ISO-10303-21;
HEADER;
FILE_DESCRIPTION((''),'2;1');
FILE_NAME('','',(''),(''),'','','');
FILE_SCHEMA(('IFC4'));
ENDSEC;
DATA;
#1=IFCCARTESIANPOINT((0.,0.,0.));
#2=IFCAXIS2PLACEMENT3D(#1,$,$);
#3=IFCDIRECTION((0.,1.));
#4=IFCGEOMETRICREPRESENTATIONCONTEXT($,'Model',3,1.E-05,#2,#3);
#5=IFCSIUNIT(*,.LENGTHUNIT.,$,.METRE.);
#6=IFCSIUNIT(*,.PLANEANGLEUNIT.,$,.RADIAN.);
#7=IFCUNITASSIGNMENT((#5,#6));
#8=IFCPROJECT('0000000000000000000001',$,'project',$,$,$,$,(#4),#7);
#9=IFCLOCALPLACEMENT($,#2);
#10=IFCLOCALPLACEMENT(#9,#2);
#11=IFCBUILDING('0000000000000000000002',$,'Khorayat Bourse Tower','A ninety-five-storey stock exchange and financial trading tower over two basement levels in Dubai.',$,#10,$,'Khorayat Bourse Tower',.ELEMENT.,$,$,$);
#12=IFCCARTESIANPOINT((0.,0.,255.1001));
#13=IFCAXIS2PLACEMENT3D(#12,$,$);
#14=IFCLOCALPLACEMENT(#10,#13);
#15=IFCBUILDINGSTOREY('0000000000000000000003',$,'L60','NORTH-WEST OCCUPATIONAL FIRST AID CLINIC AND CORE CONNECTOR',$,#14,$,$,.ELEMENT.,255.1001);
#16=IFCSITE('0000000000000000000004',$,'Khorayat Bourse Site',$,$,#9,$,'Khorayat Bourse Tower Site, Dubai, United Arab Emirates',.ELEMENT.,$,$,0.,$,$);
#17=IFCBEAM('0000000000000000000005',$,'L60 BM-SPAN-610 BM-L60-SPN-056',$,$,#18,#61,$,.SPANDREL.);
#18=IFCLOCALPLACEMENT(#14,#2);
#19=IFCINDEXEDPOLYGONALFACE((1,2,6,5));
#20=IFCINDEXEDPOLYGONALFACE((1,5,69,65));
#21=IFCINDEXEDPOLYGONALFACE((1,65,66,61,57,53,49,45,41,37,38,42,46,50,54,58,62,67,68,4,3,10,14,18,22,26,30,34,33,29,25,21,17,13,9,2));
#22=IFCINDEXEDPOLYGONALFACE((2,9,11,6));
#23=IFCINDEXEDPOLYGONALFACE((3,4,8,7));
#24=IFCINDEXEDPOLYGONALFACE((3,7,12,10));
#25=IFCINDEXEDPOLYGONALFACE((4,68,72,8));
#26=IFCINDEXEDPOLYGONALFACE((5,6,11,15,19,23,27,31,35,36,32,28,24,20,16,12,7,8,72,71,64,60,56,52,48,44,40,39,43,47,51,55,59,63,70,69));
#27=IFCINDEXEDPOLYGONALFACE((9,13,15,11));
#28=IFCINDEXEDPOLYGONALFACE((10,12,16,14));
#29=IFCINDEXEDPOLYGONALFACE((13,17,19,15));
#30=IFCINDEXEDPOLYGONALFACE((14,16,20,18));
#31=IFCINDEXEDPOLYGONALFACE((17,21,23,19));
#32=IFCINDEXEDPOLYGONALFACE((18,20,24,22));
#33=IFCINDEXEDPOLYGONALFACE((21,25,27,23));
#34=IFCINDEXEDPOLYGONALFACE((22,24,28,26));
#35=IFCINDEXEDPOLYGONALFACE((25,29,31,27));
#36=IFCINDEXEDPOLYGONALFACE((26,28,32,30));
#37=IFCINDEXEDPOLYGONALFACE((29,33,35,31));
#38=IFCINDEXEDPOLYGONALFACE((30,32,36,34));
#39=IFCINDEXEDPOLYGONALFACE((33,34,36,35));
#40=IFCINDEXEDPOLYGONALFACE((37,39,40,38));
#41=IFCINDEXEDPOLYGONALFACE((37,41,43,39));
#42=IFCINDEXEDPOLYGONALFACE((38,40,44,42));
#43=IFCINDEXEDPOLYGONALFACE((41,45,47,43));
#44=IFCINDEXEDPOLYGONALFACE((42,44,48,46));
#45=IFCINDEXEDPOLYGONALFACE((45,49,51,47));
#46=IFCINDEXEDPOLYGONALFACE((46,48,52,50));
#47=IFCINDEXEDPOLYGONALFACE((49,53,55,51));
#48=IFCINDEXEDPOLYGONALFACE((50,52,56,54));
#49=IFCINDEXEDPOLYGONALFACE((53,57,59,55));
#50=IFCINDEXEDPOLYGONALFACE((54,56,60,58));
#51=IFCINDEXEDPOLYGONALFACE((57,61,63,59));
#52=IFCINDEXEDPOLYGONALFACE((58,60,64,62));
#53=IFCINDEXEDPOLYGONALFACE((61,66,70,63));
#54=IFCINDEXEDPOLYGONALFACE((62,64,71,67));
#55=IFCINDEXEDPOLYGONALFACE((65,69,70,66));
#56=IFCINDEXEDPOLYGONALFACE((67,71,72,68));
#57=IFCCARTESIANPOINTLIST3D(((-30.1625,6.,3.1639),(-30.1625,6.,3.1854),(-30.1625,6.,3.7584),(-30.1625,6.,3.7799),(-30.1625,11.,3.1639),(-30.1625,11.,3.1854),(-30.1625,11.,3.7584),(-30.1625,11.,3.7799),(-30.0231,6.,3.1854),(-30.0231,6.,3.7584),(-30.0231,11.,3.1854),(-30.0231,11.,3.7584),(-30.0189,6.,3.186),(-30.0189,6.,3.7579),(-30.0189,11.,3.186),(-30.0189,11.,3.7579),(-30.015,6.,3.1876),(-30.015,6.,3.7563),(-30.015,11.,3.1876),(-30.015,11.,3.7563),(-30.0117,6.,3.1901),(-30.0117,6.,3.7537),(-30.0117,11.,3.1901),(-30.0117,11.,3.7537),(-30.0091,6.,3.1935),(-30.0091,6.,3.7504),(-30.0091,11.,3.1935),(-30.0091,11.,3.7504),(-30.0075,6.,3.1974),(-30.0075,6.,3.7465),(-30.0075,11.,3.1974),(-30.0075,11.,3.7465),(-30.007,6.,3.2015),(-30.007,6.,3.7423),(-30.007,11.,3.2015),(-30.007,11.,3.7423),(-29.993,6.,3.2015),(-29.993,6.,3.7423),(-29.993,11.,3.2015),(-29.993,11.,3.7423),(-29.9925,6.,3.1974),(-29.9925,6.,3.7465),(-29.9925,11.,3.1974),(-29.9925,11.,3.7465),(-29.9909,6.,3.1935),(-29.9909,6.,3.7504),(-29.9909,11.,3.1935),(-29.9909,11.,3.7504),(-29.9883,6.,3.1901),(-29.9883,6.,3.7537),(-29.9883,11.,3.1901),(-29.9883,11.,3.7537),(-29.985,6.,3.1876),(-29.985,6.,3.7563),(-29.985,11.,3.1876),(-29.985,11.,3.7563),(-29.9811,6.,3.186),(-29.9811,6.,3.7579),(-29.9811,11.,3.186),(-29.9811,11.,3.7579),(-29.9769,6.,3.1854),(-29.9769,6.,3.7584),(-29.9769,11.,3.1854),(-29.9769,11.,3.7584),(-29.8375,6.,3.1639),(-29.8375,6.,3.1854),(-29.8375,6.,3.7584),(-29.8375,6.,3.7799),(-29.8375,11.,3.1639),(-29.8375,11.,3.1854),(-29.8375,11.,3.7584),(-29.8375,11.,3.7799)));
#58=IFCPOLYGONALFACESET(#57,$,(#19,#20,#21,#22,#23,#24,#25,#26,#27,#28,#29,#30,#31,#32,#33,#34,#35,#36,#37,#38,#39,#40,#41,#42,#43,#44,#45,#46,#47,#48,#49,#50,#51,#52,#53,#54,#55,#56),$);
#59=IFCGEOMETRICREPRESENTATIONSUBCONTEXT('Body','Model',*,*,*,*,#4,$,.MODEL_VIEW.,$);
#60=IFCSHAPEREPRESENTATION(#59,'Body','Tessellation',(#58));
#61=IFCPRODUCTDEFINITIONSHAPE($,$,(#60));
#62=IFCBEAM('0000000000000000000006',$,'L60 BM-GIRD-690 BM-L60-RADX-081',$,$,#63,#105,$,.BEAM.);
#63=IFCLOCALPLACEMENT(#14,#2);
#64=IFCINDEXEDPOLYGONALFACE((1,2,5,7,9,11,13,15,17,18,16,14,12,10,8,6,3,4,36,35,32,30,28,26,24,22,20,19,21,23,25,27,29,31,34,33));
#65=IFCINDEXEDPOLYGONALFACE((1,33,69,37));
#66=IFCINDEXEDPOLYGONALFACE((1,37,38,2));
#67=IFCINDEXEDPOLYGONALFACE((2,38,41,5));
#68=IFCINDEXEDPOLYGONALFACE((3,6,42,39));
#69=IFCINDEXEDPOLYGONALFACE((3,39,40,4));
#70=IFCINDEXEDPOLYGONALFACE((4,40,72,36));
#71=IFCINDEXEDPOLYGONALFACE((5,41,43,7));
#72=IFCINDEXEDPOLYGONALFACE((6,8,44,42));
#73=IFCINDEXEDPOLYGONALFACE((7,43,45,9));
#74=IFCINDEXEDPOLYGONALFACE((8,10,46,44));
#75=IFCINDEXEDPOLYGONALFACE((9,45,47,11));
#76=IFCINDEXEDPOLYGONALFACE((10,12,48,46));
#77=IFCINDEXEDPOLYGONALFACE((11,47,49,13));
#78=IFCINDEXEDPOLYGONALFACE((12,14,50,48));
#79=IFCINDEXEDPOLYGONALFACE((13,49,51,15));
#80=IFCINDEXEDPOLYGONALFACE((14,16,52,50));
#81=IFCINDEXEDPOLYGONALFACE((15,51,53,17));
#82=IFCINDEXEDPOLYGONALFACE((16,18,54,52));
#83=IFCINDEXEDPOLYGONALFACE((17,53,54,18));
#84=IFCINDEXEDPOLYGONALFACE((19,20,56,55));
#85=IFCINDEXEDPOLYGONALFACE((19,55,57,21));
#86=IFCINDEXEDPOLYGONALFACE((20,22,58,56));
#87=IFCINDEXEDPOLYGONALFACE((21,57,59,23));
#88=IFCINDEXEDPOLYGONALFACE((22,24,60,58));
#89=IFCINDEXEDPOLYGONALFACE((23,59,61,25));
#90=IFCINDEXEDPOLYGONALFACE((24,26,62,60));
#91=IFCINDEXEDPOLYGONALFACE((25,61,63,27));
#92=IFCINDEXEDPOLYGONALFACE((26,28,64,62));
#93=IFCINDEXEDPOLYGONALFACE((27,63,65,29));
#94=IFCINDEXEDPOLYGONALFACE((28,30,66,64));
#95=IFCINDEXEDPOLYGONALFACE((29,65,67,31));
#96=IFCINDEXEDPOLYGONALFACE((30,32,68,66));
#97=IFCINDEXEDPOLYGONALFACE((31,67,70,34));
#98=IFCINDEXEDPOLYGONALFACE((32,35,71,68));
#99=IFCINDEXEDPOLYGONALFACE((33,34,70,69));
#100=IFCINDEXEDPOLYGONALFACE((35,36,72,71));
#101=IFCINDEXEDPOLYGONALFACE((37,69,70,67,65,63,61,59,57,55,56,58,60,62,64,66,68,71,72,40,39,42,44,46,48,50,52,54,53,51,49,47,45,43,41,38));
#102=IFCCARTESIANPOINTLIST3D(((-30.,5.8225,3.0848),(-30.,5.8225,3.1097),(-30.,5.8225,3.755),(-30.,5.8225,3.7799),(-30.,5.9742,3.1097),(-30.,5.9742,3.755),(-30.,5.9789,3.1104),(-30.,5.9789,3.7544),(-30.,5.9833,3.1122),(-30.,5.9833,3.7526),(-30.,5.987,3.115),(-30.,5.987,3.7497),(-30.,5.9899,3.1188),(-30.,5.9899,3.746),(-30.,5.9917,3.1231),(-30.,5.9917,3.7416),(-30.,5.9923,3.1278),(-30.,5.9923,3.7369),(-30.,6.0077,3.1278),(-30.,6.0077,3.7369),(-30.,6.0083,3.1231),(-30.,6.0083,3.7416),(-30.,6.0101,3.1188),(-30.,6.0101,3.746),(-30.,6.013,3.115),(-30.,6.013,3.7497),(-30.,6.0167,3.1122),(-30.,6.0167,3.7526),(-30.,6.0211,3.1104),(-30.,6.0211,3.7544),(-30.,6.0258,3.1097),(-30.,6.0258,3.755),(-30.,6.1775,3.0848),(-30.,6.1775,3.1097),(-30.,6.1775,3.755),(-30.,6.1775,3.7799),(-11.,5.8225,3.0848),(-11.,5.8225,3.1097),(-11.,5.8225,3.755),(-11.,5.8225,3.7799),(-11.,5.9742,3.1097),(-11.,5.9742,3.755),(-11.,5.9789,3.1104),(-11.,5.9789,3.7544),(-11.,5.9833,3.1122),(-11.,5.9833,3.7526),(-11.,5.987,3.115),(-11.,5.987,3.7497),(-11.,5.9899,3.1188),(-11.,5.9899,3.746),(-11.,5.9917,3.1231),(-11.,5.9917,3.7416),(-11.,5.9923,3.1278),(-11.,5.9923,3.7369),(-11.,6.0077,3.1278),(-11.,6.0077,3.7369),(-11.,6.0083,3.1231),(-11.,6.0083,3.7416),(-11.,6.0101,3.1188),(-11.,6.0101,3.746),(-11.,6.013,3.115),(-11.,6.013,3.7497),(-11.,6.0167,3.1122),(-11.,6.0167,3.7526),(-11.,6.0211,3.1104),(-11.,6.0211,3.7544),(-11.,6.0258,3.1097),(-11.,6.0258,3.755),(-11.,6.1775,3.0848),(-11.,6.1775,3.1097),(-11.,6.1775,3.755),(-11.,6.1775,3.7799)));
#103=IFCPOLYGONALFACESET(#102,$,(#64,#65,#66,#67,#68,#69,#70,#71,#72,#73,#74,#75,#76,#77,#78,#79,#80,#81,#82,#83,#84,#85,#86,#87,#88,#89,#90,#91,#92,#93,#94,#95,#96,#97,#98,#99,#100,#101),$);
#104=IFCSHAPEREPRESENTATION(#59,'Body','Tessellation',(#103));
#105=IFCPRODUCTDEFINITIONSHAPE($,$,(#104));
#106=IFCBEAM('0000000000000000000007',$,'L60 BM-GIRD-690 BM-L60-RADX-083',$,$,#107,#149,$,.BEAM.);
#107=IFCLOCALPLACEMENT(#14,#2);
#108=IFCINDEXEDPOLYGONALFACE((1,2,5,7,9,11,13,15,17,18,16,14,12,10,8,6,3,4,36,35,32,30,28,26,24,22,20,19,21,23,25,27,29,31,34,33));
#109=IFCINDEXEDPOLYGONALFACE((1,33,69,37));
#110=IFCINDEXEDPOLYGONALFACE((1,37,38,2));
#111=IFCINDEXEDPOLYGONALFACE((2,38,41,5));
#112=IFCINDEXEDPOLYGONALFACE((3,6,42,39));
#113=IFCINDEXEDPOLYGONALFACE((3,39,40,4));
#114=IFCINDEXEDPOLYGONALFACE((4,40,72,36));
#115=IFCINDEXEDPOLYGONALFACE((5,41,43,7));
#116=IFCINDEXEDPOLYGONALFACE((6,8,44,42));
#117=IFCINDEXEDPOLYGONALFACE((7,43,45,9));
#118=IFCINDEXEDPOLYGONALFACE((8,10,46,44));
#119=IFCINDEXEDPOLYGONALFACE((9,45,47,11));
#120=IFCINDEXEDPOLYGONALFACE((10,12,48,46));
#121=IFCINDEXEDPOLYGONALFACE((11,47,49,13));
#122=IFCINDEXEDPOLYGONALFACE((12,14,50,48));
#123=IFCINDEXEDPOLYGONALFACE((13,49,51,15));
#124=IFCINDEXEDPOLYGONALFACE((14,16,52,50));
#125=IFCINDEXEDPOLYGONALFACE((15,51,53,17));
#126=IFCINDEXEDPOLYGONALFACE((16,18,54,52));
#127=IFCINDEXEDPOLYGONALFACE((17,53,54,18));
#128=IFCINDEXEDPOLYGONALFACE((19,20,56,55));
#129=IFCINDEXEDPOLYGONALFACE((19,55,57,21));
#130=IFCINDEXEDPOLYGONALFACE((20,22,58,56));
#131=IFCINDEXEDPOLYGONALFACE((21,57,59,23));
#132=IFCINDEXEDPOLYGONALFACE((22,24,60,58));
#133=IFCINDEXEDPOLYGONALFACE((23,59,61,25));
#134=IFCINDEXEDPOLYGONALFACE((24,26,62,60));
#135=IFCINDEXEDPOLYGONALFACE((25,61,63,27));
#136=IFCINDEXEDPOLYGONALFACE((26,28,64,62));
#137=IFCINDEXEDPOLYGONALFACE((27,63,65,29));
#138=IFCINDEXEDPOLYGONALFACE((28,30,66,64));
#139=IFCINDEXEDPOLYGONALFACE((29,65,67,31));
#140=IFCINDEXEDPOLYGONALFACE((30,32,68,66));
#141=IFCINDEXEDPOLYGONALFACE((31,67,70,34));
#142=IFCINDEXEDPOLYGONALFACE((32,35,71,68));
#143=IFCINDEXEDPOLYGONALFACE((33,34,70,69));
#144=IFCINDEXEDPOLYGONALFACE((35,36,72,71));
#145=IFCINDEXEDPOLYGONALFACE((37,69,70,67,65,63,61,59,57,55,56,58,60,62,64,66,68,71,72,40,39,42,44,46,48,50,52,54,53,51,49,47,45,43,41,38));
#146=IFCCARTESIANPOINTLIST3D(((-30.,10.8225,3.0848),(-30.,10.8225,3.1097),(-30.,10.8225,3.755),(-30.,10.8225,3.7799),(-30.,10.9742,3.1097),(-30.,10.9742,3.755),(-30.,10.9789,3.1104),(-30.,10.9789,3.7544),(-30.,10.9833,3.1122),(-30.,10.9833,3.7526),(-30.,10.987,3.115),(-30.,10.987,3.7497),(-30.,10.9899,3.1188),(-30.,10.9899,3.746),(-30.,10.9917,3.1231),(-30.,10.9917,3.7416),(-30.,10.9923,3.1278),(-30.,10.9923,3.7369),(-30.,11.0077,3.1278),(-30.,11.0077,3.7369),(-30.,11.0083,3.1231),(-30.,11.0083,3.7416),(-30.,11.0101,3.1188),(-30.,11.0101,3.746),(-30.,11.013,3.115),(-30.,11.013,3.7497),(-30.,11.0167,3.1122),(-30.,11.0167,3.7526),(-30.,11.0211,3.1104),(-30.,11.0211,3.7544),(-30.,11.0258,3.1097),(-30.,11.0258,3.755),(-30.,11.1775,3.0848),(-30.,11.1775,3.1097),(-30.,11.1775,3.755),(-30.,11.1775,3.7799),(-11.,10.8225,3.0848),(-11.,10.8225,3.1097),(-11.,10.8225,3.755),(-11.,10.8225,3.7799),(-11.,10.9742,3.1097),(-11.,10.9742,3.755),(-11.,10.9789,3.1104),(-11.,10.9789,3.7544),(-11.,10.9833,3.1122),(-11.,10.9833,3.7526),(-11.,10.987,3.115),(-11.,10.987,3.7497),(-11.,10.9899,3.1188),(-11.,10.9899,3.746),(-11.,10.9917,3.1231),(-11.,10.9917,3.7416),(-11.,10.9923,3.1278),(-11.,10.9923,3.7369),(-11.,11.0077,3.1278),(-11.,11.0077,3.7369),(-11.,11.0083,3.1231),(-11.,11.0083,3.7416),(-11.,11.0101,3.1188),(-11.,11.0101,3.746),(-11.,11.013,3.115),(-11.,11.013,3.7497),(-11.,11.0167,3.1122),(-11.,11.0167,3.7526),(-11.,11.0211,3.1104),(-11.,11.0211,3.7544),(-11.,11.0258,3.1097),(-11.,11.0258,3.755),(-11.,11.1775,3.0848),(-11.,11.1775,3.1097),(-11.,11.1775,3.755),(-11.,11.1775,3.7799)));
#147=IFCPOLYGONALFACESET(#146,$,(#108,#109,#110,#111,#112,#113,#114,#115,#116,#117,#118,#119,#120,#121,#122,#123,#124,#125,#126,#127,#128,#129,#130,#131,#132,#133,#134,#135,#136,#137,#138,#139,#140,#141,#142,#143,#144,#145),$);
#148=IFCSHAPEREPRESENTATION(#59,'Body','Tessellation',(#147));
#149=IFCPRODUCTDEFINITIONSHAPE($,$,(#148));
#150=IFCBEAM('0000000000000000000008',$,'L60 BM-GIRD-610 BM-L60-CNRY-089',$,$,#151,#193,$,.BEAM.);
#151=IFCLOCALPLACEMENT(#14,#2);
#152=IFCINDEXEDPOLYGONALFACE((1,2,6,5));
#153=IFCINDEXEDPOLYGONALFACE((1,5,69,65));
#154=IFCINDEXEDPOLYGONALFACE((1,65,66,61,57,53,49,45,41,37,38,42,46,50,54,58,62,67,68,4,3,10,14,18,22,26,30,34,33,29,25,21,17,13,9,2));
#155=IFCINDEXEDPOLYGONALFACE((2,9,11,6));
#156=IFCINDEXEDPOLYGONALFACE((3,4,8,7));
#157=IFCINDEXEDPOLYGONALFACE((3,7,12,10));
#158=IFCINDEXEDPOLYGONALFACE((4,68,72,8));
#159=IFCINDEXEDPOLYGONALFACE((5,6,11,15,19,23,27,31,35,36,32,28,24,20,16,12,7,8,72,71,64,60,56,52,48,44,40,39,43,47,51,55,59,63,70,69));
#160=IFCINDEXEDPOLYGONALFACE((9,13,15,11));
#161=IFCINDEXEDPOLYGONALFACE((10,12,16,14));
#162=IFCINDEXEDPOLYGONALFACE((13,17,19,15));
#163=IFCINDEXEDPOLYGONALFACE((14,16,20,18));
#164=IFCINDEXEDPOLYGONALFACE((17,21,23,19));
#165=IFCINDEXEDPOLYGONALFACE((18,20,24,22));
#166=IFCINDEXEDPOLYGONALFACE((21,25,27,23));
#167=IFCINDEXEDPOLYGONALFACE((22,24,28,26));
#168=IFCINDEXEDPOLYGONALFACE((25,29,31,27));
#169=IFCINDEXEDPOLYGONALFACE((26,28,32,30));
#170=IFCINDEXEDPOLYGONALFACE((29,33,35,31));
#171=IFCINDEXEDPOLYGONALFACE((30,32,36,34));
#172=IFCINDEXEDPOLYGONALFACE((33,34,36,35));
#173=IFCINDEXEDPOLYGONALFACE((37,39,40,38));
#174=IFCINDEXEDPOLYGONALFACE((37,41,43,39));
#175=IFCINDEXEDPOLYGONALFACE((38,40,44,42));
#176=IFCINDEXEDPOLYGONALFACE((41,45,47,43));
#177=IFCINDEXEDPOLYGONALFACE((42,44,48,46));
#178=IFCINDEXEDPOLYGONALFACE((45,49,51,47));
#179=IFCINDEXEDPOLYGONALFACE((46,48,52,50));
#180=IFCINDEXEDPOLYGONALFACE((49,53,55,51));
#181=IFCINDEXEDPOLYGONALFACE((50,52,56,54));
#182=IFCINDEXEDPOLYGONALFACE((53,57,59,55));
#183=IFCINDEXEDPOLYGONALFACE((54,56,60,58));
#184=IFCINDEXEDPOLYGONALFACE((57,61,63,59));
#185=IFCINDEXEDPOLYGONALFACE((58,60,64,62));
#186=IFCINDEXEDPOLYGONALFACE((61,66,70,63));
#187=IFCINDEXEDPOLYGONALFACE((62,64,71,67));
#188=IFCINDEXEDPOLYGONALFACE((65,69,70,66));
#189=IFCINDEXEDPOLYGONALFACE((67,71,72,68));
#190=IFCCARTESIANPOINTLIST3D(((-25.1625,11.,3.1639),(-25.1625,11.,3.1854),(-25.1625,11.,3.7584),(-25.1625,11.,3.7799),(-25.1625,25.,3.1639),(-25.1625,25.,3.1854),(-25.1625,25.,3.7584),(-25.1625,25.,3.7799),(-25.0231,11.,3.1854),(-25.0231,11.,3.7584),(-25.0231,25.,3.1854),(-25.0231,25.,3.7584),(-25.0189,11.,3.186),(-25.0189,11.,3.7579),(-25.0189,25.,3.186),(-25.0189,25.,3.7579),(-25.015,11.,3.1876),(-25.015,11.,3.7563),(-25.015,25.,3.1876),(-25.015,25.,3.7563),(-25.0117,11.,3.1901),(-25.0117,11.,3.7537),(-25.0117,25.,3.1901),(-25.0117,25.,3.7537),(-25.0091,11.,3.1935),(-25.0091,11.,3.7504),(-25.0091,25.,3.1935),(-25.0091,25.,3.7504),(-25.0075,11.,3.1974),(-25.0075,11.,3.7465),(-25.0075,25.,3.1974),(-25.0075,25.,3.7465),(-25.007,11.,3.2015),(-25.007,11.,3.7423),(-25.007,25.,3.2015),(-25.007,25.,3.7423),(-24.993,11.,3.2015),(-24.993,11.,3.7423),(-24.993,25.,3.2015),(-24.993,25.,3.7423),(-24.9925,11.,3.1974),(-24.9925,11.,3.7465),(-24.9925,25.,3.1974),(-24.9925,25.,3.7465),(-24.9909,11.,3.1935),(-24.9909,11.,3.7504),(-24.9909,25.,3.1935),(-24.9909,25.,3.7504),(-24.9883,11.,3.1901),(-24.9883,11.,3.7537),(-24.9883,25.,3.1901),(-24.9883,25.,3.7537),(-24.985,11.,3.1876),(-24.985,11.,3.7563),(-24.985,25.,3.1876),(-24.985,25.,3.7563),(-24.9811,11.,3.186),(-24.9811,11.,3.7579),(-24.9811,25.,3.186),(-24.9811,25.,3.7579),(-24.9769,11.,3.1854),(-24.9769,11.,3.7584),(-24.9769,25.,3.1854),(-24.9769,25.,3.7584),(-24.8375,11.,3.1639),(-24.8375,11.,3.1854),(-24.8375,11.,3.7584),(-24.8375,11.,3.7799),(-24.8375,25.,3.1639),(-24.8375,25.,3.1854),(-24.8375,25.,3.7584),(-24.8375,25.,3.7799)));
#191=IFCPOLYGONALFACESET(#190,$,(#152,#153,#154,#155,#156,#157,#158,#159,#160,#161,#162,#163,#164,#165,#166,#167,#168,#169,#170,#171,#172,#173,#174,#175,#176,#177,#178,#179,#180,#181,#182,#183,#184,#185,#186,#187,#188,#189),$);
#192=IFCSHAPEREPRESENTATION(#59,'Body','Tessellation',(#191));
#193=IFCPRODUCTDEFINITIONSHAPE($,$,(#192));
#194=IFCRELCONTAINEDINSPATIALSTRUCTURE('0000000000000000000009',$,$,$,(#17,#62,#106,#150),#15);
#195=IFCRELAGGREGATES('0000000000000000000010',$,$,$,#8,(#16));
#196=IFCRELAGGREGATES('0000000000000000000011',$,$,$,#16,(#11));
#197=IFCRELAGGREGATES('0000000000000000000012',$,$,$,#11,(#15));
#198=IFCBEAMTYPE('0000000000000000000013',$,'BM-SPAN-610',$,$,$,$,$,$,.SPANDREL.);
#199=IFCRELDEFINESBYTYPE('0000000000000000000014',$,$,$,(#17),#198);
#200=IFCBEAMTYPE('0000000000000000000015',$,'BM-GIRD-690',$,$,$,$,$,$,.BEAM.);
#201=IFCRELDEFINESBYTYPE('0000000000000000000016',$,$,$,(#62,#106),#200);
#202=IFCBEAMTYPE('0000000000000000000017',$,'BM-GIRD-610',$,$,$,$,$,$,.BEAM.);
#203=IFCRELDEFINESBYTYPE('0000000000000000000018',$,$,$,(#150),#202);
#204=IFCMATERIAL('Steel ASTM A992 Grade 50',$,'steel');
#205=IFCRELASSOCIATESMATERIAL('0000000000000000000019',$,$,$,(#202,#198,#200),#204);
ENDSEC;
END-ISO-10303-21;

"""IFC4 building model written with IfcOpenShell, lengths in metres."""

from ifc_helpers import new_model, si_unit, direction, frame, origin, origin_2d, place, context, subcontext, project, spatial, i_section, extrude, source, transform, mapped, material, material_profile, profile_set, type_object, element, save


model = new_model("IFC4")

# Units and contexts
model_context = context("Model", 3, precision=1e-05, world=origin(), true_north=direction((0.0, 1.0)))
body_context = subcontext(model_context, "Body", "Model", "MODEL_VIEW")
ifc_project = project(units=[si_unit("LENGTHUNIT", "METRE"), si_unit("PLANEANGLEUNIT", "RADIAN")], contexts=[model_context])

# Site, building, storey
site_placement = place(None, origin())
site = spatial("IfcSite", under=ifc_project, at=site_placement, Name="Khorayat Bourse Site", LongName="Khorayat Bourse Tower Site, Dubai, United Arab Emirates", CompositionType="ELEMENT", RefElevation=0.0)
building_placement = place(site_placement, origin())
building = spatial("IfcBuilding", under=site, at=building_placement, Name="Khorayat Bourse Tower", Description="A ninety-five-storey stock exchange and financial trading tower over two basement levels in Dubai.", LongName="Khorayat Bourse Tower", CompositionType="ELEMENT")
storey_placement = place(building_placement, frame((0.0, 0.0, 255.1001)))
storey = spatial("IfcBuildingStorey", under=building, at=storey_placement, Name="L60", Description="NORTH-WEST OCCUPATIONAL FIRST AID CLINIC AND CORE CONNECTOR", CompositionType="ELEMENT", Elevation=255.1001)

# Beams
ifc_material_1 = material(Name="Steel ASTM A992 Grade 50", Category="steel")
ifc_material_profile_1 = material_profile(ifc_material_1, i_section(OverallWidth=0.325, OverallDepth=0.616, WebThickness=0.0139, FlangeThickness=0.0215, FilletRadius=0.0161, at=origin_2d()), Name="W610X174")
ifc_profile_set_1 = profile_set([ifc_material_profile_1], Name="Steel ASTM A992 Grade 50")
beam_type_1 = type_object("IfcBeamType", Name="BM-GIRD-610", PredefinedType="BEAM", material=ifc_profile_set_1)
ifc_material_profile_2 = material_profile(ifc_material_1, i_section(OverallWidth=0.325, OverallDepth=0.616, WebThickness=0.0139, FlangeThickness=0.0215, FilletRadius=0.0161, at=origin_2d()), Name="W610X174")
ifc_profile_set_2 = profile_set([ifc_material_profile_2], Name="Steel ASTM A992 Grade 50")
beam_type_2 = type_object("IfcBeamType", Name="BM-SPAN-610", PredefinedType="SPANDREL", material=ifc_profile_set_2)
shared_shape_1 = source(origin(), body_context, "Body", "SweptSolid", [
    extrude(i_section(OverallWidth=0.325, OverallDepth=0.616, WebThickness=0.0139, FlangeThickness=0.0215, FilletRadius=0.0161, at=origin_2d()), origin(), (0.0, 0.0, 1.0), 5.0),
])
beam_1_placement = place(storey_placement, frame((-30.0, 6.0, 3.4719), z_axis=(0.0, 1.0, 0.0), x_axis=(-1.0, 0.0, 0.0)))
element("IfcBeam", 1, at=beam_1_placement, inside=storey, type_object=beam_type_2, Name="L60 BM-SPAN-610 BM-L60-SPN-056", PredefinedType="SPANDREL", context=body_context, shape_type="MappedRepresentation", body=[
    mapped(shared_shape_1, transform((0.0, 0.0, 0.0), scale=1.0)),
])
ifc_material_profile_3 = material_profile(ifc_material_1, i_section(OverallWidth=0.355, OverallDepth=0.6951, WebThickness=0.0154, FlangeThickness=0.0249, FilletRadius=0.0181, at=origin_2d()), Name="W690X217")
ifc_profile_set_3 = profile_set([ifc_material_profile_3], Name="Steel ASTM A992 Grade 50")
beam_type_3 = type_object("IfcBeamType", Name="BM-GIRD-690", PredefinedType="BEAM", material=ifc_profile_set_3)
shared_shape_2 = source(origin(), body_context, "Body", "SweptSolid", [
    extrude(i_section(OverallWidth=0.355, OverallDepth=0.6951, WebThickness=0.0154, FlangeThickness=0.0249, FilletRadius=0.0181, at=origin_2d()), origin(), (0.0, 0.0, 1.0), 19.0),
])
for number, where, z_axis, x_axis, name in (
    (2, (-30.0, 6.0, 3.4324), (1.0, 0.0, 0.0), (0.0, 1.0, 0.0), "L60 BM-GIRD-690 BM-L60-RADX-081"),
    (3, (-30.0, 11.0, 3.4324), (1.0, 0.0, 0.0), (0.0, 1.0, 0.0), "L60 BM-GIRD-690 BM-L60-RADX-083"),
):
    element("IfcBeam", number, at=place(storey_placement, frame(where, z_axis=z_axis, x_axis=x_axis)), inside=storey, type_object=beam_type_3, Name=name, PredefinedType="BEAM", context=body_context, shape_type="MappedRepresentation", body=[
        mapped(shared_shape_2, transform((0.0, 0.0, 0.0), scale=1.0)),
    ])
shared_shape_3 = source(origin(), body_context, "Body", "SweptSolid", [
    extrude(i_section(OverallWidth=0.325, OverallDepth=0.616, WebThickness=0.0139, FlangeThickness=0.0215, FilletRadius=0.0161, at=origin_2d()), origin(), (0.0, 0.0, 1.0), 14.0),
])
beam_2_placement = place(storey_placement, frame((-25.0, 11.0, 3.4719), z_axis=(0.0, 1.0, 0.0), x_axis=(-1.0, 0.0, 0.0)))
element("IfcBeam", 4, at=beam_2_placement, inside=storey, type_object=beam_type_1, Name="L60 BM-GIRD-610 BM-L60-CNRY-089", PredefinedType="BEAM", context=body_context, shape_type="MappedRepresentation", body=[
    mapped(shared_shape_3, transform((0.0, 0.0, 0.0), scale=1.0)),
])

save(model, "model.ifc")
